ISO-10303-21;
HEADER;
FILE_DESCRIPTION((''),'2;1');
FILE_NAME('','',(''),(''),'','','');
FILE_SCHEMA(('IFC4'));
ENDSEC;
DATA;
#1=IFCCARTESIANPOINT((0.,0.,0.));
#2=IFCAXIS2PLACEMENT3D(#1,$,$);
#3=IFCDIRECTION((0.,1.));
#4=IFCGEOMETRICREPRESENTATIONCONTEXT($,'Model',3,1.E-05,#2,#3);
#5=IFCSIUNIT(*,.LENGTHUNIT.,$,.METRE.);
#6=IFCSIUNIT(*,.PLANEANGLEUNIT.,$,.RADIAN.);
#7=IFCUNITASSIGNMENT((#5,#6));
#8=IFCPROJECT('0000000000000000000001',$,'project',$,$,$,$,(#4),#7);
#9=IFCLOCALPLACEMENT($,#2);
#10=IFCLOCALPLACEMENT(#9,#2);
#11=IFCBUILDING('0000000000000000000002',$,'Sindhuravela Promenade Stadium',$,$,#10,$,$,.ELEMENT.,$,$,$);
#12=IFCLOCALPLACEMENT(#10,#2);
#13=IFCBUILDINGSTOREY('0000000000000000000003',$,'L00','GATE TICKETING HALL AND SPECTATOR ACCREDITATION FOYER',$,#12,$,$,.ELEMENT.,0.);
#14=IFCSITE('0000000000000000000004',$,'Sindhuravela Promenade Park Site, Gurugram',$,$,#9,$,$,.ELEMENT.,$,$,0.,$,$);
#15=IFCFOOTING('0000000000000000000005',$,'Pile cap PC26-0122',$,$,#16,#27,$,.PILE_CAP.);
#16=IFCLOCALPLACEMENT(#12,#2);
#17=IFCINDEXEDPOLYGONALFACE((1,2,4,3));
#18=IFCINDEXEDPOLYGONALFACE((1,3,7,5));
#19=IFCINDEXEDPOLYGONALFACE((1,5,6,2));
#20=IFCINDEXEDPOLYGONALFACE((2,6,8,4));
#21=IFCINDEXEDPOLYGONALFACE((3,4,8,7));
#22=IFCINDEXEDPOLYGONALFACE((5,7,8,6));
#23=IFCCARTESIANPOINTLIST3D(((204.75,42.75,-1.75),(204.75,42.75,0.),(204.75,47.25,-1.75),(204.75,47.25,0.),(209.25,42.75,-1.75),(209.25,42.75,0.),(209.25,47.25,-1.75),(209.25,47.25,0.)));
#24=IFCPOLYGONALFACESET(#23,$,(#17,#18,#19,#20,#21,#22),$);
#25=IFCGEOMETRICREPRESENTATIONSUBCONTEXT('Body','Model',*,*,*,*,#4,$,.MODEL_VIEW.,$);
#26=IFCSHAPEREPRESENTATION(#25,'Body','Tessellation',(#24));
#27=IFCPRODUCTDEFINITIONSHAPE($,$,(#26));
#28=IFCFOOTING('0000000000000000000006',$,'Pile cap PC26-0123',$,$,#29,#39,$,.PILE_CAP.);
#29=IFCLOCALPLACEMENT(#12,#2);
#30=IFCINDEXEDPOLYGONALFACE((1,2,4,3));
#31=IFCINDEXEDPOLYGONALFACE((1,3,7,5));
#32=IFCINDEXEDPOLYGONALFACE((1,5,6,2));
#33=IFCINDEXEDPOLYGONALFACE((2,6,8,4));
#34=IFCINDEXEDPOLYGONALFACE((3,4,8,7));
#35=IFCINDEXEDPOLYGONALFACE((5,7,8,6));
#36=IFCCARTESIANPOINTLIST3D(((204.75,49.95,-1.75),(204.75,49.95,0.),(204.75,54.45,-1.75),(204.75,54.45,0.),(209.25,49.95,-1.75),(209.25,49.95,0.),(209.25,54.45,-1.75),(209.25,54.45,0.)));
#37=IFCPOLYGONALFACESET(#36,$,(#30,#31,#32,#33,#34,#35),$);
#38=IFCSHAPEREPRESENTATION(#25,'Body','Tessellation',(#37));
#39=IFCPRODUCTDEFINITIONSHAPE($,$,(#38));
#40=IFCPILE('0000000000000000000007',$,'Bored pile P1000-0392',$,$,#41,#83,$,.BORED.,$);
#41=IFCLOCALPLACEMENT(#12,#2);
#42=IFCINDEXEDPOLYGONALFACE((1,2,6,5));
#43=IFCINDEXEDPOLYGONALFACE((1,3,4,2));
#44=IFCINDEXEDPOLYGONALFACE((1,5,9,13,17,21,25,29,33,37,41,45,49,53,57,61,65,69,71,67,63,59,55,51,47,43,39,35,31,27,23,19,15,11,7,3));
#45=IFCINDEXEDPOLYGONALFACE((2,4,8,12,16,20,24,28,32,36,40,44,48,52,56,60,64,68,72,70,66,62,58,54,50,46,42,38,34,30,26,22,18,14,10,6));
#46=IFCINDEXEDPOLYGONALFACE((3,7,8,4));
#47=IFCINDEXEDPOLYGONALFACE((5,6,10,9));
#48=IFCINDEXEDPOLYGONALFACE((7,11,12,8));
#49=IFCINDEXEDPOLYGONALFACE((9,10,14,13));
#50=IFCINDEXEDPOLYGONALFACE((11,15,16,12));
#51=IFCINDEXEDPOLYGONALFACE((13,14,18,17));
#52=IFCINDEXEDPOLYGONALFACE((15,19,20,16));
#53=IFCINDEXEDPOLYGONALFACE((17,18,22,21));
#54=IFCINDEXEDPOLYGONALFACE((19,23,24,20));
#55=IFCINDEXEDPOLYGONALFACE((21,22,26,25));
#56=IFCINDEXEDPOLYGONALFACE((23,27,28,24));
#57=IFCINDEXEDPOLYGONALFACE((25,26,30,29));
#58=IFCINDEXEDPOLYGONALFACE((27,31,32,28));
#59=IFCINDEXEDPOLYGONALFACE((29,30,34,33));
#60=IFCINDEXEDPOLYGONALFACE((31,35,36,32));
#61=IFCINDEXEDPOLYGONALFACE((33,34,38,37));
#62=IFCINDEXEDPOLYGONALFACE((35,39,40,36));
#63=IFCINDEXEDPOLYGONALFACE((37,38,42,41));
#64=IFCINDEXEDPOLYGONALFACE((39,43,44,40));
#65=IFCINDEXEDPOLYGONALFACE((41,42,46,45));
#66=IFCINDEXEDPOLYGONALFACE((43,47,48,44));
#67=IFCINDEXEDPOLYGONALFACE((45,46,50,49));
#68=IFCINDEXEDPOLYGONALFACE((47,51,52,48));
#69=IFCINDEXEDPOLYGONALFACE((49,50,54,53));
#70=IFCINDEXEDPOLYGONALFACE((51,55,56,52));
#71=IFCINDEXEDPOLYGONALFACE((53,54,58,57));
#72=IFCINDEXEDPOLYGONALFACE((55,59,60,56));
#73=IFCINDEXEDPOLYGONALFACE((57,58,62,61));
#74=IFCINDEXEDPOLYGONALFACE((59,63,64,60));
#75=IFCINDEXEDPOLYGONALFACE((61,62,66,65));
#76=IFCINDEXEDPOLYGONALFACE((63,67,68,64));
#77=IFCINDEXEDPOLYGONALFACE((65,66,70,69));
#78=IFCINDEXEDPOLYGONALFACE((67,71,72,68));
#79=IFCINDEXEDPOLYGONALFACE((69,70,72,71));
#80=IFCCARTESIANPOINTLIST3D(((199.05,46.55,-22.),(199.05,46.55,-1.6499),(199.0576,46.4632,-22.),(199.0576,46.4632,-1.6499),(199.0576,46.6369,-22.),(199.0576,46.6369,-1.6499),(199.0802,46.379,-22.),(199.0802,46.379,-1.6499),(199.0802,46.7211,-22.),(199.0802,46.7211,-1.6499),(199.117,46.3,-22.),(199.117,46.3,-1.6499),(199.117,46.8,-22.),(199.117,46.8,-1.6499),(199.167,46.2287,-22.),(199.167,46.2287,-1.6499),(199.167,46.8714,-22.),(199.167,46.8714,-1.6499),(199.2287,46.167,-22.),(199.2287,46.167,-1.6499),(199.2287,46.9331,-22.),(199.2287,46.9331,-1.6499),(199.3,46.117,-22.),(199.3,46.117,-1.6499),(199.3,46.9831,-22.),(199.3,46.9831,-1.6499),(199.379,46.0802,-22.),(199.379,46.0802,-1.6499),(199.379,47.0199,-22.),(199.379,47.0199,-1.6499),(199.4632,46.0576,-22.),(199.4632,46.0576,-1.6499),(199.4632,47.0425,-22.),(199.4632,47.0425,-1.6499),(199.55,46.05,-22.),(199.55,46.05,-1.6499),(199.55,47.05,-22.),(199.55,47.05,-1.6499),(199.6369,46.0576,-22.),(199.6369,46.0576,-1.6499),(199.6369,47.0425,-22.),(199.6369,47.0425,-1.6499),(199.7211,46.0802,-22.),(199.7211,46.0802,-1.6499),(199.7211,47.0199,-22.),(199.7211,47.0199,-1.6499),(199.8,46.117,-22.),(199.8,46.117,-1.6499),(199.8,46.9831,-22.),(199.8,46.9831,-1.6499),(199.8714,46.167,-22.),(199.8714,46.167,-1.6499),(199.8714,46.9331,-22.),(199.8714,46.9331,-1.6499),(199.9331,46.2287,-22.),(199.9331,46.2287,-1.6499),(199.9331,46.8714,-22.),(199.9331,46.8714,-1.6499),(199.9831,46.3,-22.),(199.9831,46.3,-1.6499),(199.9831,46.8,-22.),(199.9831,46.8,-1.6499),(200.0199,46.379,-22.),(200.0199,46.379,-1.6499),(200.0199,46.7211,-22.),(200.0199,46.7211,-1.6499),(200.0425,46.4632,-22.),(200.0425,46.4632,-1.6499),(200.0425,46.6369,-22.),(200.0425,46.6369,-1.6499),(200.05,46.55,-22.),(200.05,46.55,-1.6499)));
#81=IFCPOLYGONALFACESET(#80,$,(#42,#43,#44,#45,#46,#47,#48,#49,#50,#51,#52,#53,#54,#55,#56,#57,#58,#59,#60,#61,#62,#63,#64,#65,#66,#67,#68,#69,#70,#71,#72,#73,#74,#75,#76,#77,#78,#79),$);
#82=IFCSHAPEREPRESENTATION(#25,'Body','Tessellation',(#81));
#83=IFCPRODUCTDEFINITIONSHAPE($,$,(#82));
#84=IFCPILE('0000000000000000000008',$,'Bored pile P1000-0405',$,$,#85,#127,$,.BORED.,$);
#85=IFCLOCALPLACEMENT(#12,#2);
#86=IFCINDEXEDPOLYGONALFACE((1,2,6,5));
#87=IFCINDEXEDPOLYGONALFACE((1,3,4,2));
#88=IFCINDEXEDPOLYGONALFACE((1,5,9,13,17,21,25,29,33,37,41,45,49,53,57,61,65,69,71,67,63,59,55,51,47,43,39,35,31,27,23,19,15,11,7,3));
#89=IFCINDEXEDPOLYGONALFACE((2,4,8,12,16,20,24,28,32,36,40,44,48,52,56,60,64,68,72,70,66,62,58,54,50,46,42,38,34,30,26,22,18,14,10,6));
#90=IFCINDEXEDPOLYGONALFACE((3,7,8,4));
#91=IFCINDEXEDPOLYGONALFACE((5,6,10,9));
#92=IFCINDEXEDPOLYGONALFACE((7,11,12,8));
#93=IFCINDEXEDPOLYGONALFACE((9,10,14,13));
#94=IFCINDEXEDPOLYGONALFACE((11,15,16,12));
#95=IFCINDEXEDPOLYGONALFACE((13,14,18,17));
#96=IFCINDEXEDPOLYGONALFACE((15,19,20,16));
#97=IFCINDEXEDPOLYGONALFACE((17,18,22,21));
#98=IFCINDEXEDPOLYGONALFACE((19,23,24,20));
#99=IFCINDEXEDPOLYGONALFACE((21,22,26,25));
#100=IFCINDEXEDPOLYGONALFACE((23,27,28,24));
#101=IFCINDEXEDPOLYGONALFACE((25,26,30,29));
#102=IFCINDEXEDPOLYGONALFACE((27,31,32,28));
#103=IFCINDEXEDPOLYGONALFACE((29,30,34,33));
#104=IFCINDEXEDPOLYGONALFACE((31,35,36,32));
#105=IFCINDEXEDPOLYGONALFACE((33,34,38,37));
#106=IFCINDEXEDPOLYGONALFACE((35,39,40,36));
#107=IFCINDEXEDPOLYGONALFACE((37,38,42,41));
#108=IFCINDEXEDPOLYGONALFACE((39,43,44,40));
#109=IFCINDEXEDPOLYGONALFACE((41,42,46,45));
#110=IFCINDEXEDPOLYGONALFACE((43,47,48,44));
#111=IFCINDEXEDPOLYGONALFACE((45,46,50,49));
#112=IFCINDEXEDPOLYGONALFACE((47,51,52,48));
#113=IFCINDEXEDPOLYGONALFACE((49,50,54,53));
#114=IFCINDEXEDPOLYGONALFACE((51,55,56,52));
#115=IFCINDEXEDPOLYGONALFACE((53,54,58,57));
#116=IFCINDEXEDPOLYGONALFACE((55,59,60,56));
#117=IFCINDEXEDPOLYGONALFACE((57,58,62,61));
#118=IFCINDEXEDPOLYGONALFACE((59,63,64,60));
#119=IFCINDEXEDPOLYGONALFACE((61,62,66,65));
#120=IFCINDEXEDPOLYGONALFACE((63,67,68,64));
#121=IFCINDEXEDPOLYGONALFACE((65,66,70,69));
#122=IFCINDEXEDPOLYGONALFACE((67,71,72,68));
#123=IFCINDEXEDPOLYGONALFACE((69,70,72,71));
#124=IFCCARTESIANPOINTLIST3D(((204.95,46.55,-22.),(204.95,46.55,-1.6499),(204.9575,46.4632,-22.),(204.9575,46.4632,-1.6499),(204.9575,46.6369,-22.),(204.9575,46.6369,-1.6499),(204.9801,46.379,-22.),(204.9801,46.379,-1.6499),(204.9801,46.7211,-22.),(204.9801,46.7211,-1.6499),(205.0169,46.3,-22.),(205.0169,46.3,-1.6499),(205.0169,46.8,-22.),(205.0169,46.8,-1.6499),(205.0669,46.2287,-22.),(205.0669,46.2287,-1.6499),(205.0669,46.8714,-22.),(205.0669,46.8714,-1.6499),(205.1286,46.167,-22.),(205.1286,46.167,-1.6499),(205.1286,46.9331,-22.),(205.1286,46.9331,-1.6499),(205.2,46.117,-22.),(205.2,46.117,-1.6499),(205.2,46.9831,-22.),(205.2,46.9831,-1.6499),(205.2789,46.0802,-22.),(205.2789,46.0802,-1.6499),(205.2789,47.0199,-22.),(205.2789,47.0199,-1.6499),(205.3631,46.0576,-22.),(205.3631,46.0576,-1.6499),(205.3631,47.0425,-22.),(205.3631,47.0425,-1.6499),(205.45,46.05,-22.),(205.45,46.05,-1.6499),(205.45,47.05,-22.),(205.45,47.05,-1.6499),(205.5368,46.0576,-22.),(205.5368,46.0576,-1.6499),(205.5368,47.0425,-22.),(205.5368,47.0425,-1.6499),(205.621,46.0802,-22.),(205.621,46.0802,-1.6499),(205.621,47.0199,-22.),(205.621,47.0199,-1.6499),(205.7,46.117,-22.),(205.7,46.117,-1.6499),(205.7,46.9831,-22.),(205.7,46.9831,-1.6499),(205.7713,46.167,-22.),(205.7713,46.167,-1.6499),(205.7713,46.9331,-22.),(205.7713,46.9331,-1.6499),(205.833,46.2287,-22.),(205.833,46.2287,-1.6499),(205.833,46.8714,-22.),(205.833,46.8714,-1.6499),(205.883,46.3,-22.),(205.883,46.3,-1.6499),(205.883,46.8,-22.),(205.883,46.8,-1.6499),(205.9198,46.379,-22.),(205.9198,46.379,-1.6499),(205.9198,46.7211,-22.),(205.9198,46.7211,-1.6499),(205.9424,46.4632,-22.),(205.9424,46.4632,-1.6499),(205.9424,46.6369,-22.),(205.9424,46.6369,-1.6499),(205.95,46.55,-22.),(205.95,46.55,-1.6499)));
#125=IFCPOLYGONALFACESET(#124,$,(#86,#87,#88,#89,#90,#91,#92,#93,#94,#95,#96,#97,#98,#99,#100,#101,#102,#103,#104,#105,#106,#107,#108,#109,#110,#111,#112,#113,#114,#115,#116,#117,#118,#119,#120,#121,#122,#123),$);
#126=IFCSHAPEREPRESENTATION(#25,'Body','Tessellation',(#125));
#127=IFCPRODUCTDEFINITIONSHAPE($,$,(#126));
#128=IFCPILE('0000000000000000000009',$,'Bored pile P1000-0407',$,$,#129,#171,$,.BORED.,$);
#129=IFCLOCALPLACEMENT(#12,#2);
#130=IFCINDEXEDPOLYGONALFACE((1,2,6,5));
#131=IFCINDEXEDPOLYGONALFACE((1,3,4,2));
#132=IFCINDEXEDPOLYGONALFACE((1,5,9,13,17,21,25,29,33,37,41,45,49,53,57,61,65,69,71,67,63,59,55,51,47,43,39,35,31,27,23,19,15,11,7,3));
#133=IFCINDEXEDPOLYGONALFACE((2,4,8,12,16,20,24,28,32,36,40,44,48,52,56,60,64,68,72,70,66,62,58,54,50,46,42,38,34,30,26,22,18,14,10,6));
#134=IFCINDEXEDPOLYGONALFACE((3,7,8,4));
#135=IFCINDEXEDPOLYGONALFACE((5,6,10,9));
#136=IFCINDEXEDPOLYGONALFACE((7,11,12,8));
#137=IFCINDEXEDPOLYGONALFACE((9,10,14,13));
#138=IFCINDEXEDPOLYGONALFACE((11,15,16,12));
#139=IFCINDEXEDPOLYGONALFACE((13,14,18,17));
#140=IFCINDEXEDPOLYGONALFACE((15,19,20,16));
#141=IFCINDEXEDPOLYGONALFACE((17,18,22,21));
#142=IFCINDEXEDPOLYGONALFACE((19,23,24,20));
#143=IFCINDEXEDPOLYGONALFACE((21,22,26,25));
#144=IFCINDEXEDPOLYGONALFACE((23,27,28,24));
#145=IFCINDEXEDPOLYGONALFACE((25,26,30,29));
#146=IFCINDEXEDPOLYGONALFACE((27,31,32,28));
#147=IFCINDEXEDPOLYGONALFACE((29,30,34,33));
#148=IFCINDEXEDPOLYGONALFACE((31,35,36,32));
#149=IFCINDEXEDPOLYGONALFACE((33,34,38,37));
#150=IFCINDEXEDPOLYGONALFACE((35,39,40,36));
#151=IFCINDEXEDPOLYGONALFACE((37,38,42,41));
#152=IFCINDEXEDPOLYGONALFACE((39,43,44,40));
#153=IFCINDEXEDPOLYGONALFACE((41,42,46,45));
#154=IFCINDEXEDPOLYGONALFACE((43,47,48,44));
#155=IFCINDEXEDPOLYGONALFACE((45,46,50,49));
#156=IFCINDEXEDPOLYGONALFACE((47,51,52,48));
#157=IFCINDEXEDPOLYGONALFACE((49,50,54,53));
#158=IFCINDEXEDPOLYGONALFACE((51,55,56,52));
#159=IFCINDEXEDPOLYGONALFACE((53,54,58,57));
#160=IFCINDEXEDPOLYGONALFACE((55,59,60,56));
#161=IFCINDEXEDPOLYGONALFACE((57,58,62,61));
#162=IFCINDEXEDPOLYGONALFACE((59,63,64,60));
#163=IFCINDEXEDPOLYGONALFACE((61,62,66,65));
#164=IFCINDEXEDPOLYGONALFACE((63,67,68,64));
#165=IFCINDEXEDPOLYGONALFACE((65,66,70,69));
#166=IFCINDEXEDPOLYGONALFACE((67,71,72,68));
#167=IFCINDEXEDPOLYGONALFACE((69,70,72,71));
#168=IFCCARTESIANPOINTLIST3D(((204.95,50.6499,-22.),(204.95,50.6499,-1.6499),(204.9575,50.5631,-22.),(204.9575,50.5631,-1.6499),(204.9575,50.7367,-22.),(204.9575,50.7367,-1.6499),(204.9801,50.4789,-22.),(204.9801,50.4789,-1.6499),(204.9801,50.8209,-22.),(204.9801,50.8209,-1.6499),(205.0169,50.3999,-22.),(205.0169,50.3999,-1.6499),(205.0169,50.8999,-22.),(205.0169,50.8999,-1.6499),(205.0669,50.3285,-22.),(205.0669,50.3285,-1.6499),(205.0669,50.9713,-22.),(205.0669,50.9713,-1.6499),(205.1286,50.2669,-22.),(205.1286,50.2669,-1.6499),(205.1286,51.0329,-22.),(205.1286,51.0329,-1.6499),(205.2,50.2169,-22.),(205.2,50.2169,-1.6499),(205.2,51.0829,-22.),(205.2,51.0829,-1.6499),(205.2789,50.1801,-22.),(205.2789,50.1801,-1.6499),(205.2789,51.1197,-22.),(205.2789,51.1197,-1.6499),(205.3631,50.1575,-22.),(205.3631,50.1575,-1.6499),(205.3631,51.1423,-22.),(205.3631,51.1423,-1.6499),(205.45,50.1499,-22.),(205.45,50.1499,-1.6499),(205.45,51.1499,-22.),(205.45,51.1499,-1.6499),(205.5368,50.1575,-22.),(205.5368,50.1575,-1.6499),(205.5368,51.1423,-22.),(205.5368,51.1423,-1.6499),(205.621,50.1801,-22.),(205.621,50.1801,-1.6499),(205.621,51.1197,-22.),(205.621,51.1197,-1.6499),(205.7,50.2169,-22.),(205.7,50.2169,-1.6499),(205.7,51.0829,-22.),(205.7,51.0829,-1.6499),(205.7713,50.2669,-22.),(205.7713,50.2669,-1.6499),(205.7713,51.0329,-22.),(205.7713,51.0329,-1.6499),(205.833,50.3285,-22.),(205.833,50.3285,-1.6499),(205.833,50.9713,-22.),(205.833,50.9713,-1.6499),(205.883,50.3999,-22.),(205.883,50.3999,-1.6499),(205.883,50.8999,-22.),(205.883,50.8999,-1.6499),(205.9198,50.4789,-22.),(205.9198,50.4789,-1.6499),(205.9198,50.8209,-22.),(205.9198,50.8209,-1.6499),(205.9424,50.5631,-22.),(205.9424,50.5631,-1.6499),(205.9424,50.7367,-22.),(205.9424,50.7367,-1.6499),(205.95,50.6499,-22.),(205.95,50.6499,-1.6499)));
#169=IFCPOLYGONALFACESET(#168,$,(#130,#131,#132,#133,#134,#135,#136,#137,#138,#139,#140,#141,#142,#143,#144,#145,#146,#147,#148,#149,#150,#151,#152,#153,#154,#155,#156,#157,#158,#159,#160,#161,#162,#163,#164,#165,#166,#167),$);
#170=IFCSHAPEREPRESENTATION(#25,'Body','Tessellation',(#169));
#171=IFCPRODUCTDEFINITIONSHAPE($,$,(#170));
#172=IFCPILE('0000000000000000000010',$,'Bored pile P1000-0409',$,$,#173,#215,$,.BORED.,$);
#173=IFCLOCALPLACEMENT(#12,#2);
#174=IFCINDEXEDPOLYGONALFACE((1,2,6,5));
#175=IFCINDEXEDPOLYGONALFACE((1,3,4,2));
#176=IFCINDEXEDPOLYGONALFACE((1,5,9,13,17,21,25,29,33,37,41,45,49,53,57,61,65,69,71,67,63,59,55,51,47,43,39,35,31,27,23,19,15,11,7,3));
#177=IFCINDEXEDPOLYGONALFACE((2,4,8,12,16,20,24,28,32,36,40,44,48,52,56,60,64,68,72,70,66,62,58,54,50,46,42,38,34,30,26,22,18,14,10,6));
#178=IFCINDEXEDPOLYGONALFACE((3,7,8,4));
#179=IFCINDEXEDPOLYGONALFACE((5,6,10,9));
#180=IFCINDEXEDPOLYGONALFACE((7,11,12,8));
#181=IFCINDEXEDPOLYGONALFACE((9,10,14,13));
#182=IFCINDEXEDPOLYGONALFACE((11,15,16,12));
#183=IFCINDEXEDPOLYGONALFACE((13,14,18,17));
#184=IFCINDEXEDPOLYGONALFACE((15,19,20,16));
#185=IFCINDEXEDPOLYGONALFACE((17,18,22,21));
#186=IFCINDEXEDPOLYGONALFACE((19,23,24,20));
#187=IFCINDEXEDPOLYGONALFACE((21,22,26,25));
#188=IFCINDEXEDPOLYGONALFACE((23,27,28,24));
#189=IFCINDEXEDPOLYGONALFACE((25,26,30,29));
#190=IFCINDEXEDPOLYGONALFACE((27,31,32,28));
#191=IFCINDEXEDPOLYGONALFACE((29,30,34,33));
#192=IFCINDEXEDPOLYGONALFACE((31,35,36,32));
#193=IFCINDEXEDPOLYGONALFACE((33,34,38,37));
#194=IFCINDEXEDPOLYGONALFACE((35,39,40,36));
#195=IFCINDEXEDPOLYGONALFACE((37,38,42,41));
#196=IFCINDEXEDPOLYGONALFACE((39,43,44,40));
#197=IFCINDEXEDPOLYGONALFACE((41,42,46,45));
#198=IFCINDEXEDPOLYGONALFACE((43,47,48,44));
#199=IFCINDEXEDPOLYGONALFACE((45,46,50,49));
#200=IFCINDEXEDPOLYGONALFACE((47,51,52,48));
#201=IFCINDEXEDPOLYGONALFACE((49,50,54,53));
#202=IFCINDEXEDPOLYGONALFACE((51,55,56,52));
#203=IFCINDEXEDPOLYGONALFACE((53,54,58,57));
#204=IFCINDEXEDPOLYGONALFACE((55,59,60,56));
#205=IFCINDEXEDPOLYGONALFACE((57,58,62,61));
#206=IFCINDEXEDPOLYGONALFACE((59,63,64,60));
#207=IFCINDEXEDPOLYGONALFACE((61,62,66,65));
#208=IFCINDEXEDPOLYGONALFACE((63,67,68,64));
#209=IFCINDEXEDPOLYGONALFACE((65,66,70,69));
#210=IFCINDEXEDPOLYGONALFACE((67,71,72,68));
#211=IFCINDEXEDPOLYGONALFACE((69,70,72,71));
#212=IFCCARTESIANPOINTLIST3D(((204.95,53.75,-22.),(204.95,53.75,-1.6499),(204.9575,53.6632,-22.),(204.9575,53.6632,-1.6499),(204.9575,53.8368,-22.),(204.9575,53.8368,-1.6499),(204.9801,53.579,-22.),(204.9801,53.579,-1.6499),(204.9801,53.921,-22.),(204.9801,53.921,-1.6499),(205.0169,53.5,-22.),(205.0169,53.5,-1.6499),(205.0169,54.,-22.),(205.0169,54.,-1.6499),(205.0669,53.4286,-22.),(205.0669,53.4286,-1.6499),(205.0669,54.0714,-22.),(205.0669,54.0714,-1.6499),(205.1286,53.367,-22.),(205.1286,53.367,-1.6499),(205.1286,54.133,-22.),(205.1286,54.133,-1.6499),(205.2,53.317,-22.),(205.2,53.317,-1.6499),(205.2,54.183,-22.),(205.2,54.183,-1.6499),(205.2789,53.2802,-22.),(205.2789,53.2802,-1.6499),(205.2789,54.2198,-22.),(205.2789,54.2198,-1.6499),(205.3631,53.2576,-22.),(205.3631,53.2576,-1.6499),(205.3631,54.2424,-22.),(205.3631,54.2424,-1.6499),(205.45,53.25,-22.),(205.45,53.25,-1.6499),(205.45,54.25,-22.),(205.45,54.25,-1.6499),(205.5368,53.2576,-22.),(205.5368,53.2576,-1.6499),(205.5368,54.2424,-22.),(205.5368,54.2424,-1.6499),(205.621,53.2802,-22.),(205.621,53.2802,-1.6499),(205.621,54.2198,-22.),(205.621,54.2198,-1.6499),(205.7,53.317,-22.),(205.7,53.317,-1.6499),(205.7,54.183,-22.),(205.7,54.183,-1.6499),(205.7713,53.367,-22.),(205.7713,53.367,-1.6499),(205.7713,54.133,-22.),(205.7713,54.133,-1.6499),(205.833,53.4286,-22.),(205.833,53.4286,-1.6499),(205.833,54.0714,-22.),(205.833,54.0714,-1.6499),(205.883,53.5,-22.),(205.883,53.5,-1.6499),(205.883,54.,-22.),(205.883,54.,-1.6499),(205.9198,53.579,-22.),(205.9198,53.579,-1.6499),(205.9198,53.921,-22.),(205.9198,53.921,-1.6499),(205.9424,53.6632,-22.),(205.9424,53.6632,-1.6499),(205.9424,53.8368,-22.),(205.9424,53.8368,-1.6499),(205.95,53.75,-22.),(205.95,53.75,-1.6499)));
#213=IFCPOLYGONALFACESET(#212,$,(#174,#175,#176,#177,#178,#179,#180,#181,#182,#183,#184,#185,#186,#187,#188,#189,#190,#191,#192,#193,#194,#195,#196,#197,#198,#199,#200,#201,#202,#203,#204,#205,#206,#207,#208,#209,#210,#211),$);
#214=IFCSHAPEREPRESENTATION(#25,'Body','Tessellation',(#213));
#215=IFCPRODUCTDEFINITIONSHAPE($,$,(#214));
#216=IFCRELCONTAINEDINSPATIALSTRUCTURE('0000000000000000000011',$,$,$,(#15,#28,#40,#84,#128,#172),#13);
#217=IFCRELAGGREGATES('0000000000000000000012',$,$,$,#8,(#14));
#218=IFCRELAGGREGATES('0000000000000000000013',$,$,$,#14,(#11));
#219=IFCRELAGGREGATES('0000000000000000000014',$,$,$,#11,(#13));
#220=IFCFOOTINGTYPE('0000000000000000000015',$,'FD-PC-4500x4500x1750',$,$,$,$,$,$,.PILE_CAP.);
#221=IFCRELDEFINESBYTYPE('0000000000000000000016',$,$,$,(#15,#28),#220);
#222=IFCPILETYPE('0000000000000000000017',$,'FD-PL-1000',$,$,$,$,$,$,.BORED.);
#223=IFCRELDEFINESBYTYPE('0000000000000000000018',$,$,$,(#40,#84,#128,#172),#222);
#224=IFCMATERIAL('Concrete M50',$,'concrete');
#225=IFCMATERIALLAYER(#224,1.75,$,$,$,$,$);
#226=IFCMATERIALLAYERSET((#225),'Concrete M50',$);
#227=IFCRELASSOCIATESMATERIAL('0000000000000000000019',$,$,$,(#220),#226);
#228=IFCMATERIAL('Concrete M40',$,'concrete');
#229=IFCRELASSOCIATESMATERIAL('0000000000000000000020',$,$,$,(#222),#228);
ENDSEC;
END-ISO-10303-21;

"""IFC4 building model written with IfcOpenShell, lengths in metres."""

from ifc_helpers import new_model, si_unit, direction, frame, origin, origin_2d, place, context, subcontext, project, spatial, rectangle, circle, extrude, material, layer, layer_set, material_profile, profile_set, type_object, element, save


model = new_model("IFC4")

# Units and contexts
model_context = context("Model", 3, precision=1e-05, world=origin(), true_north=direction((0.0, 1.0)))
body_context = subcontext(model_context, "Body", "Model", "MODEL_VIEW")
ifc_project = project(units=[si_unit("LENGTHUNIT", "METRE"), si_unit("PLANEANGLEUNIT", "RADIAN")], contexts=[model_context])

# Site, building, storey
site_placement = place(None, origin())
site = spatial("IfcSite", under=ifc_project, at=site_placement, Name="Sindhuravela Promenade Park Site, Gurugram", CompositionType="ELEMENT", RefElevation=0.0)
building_placement = place(site_placement, origin())
building = spatial("IfcBuilding", under=site, at=building_placement, Name="Sindhuravela Promenade Stadium", CompositionType="ELEMENT")
storey_placement = place(building_placement, origin())
storey = spatial("IfcBuildingStorey", under=building, at=storey_placement, Name="L00", Description="GATE TICKETING HALL AND SPECTATOR ACCREDITATION FOYER", CompositionType="ELEMENT", Elevation=0.0)

# Footings
ifc_material_1 = material(Name="Concrete M50", Category="concrete")
ifc_layer_1 = layer(ifc_material_1, 1.75)
ifc_layer_set_1 = layer_set([ifc_layer_1], Name="Concrete M50")
footing_type = type_object("IfcFootingType", Name="FD-PC-4500x4500x1750", PredefinedType="PILE_CAP", material=ifc_layer_set_1)
for number, where, z_axis, x_axis, name in (
    (1, (207.0, 45.0, -1.75), (0.0, 0.0, 1.0), (1.0, 0.0, 0.0), "Pile cap PC26-0122"),
    (2, (207.0, 52.2, -1.75), (0.0, 0.0, 1.0), (1.0, 0.0, 0.0), "Pile cap PC26-0123"),
):
    element("IfcFooting", number, at=place(storey_placement, frame(where, z_axis=z_axis, x_axis=x_axis)), inside=storey, type_object=footing_type, Name=name, PredefinedType="PILE_CAP", context=body_context, shape_type="SweptSolid", body=[
        extrude(rectangle(XDim=4.5, YDim=4.5, at=origin_2d()), origin(), (0.0, 0.0, 1.0), 1.75),
    ])

# Piles
ifc_material_2 = material(Name="Concrete M40", Category="concrete")
ifc_material_profile_1 = material_profile(ifc_material_2, circle(Radius=0.5, at=origin_2d()), Name="BORED PILE D1000")
ifc_profile_set_1 = profile_set([ifc_material_profile_1], Name="Concrete M40")
pile_type = type_object("IfcPileType", Name="FD-PL-1000", PredefinedType="BORED", material=ifc_profile_set_1)
for number, where, z_axis, x_axis, name in (
    (3, (199.55, 46.55, -1.6499), (0.0, 0.0, -1.0), (1.0, 0.0, 0.0), "Bored pile P1000-0392"),
    (4, (205.45, 46.55, -1.6499), (0.0, 0.0, -1.0), (1.0, 0.0, 0.0), "Bored pile P1000-0405"),
    (5, (205.45, 50.6499, -1.6499), (0.0, 0.0, -1.0), (1.0, 0.0, 0.0), "Bored pile P1000-0407"),
    (6, (205.45, 53.75, -1.6499), (0.0, 0.0, -1.0), (1.0, 0.0, 0.0), "Bored pile P1000-0409"),
):
    element("IfcPile", number, at=place(storey_placement, frame(where, z_axis=z_axis, x_axis=x_axis)), inside=storey, type_object=pile_type, Name=name, PredefinedType="BORED", context=body_context, shape_type="SweptSolid", body=[
        extrude(circle(Radius=0.5, at=origin_2d()), origin(), (0.0, 0.0, 1.0), 20.3501),
    ])

save(model, "model.ifc")
